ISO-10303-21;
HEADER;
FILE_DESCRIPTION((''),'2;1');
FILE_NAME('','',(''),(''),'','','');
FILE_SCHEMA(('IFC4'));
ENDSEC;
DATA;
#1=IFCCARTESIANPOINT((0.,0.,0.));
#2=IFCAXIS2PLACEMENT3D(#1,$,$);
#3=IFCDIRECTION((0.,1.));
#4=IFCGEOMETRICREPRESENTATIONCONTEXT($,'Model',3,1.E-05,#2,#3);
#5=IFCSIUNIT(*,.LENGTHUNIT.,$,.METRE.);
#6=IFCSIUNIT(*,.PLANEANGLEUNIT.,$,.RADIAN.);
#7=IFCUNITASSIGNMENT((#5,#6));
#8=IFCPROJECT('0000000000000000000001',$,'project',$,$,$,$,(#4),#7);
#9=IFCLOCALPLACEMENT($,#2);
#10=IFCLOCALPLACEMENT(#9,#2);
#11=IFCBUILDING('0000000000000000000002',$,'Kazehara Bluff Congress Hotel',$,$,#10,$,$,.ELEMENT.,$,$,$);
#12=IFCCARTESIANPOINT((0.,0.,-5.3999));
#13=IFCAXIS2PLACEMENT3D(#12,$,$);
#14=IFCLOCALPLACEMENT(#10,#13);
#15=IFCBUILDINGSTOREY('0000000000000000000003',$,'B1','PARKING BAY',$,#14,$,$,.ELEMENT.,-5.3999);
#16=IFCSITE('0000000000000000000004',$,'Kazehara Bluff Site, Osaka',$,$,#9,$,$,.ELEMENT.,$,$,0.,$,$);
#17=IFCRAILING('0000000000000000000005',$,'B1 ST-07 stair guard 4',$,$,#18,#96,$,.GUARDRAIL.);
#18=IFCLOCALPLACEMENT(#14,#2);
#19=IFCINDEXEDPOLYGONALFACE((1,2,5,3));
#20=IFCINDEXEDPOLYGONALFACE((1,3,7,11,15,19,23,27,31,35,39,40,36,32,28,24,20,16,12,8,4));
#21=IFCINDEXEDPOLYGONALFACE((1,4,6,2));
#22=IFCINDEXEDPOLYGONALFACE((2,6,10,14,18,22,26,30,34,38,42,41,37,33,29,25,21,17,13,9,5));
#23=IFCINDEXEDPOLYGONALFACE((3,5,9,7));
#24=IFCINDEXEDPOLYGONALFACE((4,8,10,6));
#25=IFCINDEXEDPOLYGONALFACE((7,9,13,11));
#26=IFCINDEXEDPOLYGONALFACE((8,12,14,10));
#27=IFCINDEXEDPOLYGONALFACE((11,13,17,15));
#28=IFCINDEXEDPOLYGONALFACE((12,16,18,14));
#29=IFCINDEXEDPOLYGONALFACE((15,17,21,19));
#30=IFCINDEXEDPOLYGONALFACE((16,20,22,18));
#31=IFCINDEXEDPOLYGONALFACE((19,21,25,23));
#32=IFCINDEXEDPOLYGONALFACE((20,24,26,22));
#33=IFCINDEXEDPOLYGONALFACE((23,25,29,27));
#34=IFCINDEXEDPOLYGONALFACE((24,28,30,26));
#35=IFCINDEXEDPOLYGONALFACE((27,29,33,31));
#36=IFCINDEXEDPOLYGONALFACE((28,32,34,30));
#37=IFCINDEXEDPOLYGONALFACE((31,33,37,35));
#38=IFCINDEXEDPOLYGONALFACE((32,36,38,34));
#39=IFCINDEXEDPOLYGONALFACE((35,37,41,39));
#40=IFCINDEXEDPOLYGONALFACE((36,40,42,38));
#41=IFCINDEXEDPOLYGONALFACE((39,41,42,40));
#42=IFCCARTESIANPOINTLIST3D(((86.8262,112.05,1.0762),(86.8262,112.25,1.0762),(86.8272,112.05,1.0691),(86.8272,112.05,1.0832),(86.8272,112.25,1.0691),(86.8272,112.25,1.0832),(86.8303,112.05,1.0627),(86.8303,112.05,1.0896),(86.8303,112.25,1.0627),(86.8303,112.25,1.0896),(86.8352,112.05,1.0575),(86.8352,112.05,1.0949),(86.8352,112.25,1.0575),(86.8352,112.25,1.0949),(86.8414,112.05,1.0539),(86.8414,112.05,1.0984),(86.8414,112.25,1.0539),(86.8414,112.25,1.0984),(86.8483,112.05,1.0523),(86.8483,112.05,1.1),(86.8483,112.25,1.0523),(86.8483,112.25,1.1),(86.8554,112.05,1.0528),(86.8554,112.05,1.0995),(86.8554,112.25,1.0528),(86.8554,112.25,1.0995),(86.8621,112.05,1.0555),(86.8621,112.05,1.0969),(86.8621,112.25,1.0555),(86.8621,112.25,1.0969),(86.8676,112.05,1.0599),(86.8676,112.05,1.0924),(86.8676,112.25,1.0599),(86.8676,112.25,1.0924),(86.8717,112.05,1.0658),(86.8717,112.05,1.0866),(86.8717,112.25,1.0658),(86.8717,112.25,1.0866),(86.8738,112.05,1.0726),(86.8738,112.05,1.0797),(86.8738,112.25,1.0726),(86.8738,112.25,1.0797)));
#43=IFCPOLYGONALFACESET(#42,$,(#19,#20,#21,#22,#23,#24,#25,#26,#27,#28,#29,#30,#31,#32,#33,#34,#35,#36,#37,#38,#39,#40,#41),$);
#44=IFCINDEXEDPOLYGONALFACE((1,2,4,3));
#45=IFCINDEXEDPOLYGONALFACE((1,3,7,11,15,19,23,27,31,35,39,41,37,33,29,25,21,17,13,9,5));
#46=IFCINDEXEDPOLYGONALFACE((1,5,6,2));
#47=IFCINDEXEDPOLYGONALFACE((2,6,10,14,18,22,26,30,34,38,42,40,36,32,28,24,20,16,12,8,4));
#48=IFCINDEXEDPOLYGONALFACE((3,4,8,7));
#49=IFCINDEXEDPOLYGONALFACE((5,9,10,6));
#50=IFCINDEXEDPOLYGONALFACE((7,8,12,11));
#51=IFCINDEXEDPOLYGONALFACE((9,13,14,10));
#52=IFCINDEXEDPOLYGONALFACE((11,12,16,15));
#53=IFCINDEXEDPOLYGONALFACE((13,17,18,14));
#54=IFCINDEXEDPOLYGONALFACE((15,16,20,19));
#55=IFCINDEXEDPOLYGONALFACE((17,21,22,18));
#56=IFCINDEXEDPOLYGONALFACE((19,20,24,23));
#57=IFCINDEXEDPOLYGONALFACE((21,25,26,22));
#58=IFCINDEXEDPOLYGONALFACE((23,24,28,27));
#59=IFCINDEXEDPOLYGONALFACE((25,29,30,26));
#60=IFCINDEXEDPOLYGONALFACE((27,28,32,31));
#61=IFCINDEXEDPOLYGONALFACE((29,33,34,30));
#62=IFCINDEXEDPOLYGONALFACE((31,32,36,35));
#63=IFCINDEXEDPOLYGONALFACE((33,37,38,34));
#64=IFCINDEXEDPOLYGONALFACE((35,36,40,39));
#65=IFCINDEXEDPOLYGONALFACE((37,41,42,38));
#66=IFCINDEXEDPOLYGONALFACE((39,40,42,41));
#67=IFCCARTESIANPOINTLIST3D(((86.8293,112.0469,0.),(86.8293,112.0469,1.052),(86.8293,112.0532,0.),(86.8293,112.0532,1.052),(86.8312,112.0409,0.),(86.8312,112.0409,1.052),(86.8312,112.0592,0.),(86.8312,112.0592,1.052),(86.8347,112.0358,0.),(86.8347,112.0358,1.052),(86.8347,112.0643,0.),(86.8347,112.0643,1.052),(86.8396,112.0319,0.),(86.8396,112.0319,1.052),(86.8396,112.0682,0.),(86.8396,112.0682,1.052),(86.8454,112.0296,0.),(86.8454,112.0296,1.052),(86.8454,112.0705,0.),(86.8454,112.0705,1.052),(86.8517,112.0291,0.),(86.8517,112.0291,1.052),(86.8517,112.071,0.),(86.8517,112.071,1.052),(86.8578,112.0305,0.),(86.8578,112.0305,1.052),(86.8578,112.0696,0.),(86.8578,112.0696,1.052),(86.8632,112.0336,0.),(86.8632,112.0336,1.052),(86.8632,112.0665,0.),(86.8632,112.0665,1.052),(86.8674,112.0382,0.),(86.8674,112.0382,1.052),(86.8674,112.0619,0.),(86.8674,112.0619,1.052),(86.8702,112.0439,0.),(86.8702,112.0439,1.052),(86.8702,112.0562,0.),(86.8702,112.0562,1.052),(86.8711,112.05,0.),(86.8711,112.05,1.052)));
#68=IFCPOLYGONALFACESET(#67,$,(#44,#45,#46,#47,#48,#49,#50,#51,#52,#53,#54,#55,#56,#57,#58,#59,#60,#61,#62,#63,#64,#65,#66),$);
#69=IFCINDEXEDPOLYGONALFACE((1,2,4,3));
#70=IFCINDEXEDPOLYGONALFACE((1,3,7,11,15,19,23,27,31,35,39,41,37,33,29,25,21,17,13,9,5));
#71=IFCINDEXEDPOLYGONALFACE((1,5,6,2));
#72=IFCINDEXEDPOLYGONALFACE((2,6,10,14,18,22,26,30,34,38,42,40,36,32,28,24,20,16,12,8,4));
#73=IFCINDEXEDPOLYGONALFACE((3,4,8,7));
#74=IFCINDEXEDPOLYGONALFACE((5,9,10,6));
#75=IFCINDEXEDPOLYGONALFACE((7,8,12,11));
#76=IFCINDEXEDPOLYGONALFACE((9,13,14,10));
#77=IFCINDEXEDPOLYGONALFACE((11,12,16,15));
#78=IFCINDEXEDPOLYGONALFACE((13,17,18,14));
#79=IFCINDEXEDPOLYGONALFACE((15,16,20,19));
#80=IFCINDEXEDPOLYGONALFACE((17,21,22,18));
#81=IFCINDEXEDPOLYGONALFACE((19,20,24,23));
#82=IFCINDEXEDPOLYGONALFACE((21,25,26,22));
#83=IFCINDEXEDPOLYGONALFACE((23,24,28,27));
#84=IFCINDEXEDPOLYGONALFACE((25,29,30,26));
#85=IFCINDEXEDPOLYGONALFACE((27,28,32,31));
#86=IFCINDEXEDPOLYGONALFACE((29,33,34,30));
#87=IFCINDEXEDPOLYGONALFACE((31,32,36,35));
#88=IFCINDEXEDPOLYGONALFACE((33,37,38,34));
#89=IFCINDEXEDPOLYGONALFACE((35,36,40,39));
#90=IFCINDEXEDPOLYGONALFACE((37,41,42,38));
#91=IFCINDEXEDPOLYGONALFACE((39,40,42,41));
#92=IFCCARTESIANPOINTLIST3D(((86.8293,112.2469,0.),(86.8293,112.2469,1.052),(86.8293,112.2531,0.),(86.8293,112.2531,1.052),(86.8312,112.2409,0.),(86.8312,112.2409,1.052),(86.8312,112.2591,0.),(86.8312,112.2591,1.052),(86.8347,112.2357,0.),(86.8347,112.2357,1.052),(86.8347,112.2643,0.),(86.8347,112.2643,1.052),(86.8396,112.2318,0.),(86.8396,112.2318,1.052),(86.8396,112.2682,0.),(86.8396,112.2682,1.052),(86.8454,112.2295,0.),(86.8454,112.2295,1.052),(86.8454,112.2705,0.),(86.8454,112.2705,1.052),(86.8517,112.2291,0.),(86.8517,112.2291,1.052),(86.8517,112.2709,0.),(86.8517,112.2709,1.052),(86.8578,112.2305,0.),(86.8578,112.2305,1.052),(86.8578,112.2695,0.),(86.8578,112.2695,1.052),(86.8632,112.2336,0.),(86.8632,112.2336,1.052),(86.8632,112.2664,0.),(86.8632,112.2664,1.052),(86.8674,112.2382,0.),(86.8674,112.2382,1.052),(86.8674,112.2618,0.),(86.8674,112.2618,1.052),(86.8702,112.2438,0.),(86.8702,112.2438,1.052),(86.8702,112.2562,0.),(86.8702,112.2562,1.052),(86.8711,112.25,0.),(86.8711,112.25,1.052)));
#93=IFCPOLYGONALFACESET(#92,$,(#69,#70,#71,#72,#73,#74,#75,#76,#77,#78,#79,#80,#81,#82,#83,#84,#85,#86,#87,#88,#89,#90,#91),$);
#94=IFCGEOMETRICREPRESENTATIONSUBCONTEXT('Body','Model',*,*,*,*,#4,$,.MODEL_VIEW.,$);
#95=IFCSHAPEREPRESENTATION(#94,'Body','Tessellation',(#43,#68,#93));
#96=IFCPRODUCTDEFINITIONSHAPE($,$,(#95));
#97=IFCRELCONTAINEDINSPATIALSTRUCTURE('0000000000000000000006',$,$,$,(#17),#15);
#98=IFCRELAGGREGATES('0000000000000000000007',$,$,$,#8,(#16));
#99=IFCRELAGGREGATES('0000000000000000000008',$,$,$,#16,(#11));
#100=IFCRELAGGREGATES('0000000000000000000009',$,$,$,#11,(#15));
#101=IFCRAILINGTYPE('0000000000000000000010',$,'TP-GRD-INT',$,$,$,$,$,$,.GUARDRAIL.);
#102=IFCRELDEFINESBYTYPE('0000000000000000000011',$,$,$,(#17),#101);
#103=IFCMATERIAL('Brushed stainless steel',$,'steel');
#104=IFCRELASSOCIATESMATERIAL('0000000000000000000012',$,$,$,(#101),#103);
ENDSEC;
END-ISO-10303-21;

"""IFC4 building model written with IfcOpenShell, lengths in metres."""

from ifc_helpers import new_model, si_unit, direction, frame, origin, origin_2d, place, context, subcontext, project, spatial, circle, extrude, material, type_object, element, save


model = new_model("IFC4")

# Units and contexts
model_context = context("Model", 3, precision=1e-05, world=origin(), true_north=direction((0.0, 1.0)))
body_context = subcontext(model_context, "Body", "Model", "MODEL_VIEW")
ifc_project = project(units=[si_unit("LENGTHUNIT", "METRE"), si_unit("PLANEANGLEUNIT", "RADIAN")], contexts=[model_context])

# Site, building, storey
site_placement = place(None, origin())
site = spatial("IfcSite", under=ifc_project, at=site_placement, Name="Kazehara Bluff Site, Osaka", CompositionType="ELEMENT", RefElevation=0.0)
building_placement = place(site_placement, origin())
building = spatial("IfcBuilding", under=site, at=building_placement, Name="Kazehara Bluff Congress Hotel", CompositionType="ELEMENT")
storey_placement = place(building_placement, frame((0.0, 0.0, -5.3999)))
storey = spatial("IfcBuildingStorey", under=building, at=storey_placement, Name="B1", Description="PARKING BAY", CompositionType="ELEMENT", Elevation=-5.3999)

# Railing
ifc_material_1 = material(Name="Brushed stainless steel", Category="steel")
railing_type_1 = type_object("IfcRailingType", Name="TP-GRD-INT", PredefinedType="GUARDRAIL", material=ifc_material_1)
railing_1_placement = place(storey_placement, frame((86.8501, 112.05, 0.0)))
element("IfcRailing", 1, at=railing_1_placement, inside=storey, type_object=railing_type_1, Name="B1 ST-07 stair guard 4", PredefinedType="GUARDRAIL", context=body_context, shape_type="SweptSolid", body=[
    extrude(circle(Radius=0.0239, at=origin_2d()), frame((0.0, 0.0, 1.0762), z_axis=(0.0, 1.0, 0.0), x_axis=(-1.0, 0.0, 0.0)), (0.0, 0.0, 1.0), 0.2),
    extrude(circle(Radius=0.021, at=origin_2d()), origin(), (0.0, 0.0, 1.0), 1.052),
    extrude(circle(Radius=0.021, at=origin_2d()), frame((0.0, 0.2, 0.0)), (0.0, 0.0, 1.0), 1.052),
])

save(model, "model.ifc")
